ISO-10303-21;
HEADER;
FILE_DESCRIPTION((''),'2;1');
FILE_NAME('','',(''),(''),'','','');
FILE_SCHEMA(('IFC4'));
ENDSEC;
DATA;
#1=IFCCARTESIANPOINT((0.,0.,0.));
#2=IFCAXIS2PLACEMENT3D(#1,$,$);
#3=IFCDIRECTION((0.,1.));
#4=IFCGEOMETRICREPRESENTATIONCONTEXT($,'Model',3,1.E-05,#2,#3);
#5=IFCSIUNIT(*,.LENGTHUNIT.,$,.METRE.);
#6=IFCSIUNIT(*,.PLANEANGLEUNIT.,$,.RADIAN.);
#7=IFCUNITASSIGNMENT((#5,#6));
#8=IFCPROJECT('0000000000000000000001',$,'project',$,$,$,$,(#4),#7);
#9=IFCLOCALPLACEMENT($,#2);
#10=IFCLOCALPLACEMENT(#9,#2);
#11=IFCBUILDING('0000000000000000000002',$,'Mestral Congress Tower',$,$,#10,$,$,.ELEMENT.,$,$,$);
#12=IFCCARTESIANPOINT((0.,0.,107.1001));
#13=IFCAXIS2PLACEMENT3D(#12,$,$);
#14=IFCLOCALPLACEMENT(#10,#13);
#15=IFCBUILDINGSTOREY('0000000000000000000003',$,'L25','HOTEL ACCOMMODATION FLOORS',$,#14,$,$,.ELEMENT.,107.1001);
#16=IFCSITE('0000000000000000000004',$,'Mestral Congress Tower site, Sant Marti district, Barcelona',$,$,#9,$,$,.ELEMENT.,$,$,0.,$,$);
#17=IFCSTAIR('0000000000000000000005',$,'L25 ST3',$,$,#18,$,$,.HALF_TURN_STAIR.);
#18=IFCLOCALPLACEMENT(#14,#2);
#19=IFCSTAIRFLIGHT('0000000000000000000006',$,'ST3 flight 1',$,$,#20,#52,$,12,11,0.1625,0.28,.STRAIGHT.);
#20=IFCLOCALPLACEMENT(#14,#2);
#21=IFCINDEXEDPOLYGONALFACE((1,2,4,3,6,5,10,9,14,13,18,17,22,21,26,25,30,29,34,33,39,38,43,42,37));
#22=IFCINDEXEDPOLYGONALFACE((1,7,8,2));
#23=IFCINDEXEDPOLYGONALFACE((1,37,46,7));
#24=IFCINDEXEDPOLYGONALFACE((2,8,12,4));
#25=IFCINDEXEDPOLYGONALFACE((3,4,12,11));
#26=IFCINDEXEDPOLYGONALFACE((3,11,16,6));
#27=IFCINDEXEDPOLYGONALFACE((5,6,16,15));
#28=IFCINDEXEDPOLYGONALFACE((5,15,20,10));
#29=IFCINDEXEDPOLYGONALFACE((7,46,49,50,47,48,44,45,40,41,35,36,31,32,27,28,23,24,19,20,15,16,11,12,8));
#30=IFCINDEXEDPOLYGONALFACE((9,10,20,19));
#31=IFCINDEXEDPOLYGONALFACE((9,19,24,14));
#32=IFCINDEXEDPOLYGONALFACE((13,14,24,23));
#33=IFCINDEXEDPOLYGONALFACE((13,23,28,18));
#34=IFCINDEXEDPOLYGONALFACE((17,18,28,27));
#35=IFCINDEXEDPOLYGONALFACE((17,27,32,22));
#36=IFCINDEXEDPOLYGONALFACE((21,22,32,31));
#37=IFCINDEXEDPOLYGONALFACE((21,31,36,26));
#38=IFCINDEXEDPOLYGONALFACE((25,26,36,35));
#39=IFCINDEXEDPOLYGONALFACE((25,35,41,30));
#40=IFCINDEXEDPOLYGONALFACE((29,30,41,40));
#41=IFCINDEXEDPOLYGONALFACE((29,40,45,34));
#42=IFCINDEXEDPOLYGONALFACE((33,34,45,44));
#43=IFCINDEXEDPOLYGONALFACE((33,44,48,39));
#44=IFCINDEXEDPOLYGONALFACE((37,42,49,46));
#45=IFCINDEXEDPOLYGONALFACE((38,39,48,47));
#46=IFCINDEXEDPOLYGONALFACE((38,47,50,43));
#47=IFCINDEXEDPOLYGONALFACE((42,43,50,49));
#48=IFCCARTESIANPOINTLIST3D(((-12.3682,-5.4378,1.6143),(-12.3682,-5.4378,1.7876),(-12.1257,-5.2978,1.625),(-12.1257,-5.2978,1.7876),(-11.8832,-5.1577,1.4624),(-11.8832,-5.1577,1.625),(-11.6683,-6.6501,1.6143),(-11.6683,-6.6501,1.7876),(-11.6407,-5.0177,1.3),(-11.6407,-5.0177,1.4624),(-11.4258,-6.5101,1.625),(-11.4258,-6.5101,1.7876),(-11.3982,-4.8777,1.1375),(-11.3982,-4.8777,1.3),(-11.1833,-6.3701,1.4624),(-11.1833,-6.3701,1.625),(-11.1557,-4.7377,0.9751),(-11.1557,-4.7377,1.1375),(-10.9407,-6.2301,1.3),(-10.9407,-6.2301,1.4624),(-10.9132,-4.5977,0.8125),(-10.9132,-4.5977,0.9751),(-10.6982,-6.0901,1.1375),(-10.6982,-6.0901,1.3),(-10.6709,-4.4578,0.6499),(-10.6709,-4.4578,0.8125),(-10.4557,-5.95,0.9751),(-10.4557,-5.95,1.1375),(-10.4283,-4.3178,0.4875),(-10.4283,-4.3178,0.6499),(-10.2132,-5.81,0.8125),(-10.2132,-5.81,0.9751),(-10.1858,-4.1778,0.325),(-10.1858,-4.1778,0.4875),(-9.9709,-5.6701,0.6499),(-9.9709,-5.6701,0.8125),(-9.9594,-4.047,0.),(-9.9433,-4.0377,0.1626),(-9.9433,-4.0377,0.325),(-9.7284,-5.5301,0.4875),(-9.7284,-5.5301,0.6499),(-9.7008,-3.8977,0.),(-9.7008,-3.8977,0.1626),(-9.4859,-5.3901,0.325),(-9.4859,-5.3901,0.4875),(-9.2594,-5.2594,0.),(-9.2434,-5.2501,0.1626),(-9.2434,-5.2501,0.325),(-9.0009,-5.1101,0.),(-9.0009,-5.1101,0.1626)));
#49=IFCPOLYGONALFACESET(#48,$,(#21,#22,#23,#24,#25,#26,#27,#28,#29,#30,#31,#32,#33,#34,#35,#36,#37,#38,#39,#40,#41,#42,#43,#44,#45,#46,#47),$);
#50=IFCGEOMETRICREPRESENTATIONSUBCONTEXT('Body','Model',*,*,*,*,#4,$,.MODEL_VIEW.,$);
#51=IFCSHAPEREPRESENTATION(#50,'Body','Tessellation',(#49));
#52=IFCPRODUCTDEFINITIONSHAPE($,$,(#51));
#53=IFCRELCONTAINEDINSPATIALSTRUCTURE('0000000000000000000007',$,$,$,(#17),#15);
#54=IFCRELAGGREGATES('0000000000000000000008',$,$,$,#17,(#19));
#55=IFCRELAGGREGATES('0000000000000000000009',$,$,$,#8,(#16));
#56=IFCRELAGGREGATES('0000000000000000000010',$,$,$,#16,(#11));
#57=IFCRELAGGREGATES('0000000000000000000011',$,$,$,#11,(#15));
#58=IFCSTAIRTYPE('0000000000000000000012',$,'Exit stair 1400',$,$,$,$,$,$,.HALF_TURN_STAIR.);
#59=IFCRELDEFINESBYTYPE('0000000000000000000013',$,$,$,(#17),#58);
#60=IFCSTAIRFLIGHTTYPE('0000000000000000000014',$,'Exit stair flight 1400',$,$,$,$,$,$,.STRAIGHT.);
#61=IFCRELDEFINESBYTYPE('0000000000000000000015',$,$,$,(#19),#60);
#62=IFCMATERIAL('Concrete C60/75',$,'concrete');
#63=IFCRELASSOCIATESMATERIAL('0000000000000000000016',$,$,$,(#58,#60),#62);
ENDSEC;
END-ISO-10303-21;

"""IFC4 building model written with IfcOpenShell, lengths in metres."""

from ifc_helpers import new_model, si_unit, direction, frame, origin, place, context, subcontext, project, spatial, polyline, outline, extrude, material, type_object, element, aggregate, save


model = new_model("IFC4")

# Units and contexts
model_context = context("Model", 3, precision=1e-05, world=origin(), true_north=direction((0.0, 1.0)))
body_context = subcontext(model_context, "Body", "Model", "MODEL_VIEW")
ifc_project = project(units=[si_unit("LENGTHUNIT", "METRE"), si_unit("PLANEANGLEUNIT", "RADIAN")], contexts=[model_context])

# Site, building, storey
site_placement = place(None, origin())
site = spatial("IfcSite", under=ifc_project, at=site_placement, Name="Mestral Congress Tower site, Sant Marti district, Barcelona", CompositionType="ELEMENT", RefElevation=0.0)
building_placement = place(site_placement, origin())
building = spatial("IfcBuilding", under=site, at=building_placement, Name="Mestral Congress Tower", CompositionType="ELEMENT")
storey_placement = place(building_placement, frame((0.0, 0.0, 107.1001)))
storey = spatial("IfcBuildingStorey", under=building, at=storey_placement, Name="L25", Description="HOTEL ACCOMMODATION FLOORS", CompositionType="ELEMENT", Elevation=107.1001)

# Shared definitions
ifc_material_1 = material(Name="Concrete C60/75", Category="concrete")

# Stair, stair flight
stair_type = type_object("IfcStairType", Name="Exit stair 1400", PredefinedType="HALF_TURN_STAIR", material=ifc_material_1)
stair_placement = place(storey_placement, origin())
stair = element("IfcStair", 1, at=stair_placement, inside=storey, type_object=stair_type, Name="L25 ST3", PredefinedType="HALF_TURN_STAIR")
stair_flight_type = type_object("IfcStairFlightType", Name="Exit stair flight 1400", PredefinedType="STRAIGHT", material=ifc_material_1)
stair_flight_placement = place(storey_placement, frame((-9.3508, -4.5039, 0.0), z_axis=(0.0, 0.0, 1.0), x_axis=(-0.866025, -0.5, 0.0)))
stair_flight = element("IfcStairFlight", 2, at=stair_flight_placement, type_object=stair_flight_type, Name="ST3 flight 1", NumberOfRisers=12, NumberOfTreads=11, PredefinedType="STRAIGHT", RiserHeight=0.1625, TreadLength=0.28, context=body_context, shape_type="SweptSolid", body=[
    extrude(outline(polyline([(0.0, 0.0), (0.0, 0.1626), (0.28, 0.1626), (0.28, 0.325), (0.5601, 0.325), (0.5601, 0.4875), (0.8401, 0.4875), (0.8401, 0.6499), (1.1201, 0.6499), (1.1201, 0.8125), (1.3999, 0.8125), (1.3999, 0.9751), (1.6799, 0.9751), (1.6799, 1.1375), (1.96, 1.1375), (1.96, 1.3), (2.24, 1.3), (2.24, 1.4624), (2.52, 1.4624), (2.52, 1.625), (2.8, 1.625), (2.8, 1.7876), (3.0801, 1.7876), (3.0801, 1.95), (3.0801, 1.6143), (0.2986, 0.0), (0.0, 0.0)])), frame((0.0, 0.7, 0.0), z_axis=(0.0, -1.0, 0.0), x_axis=(1.0, 0.0, 0.0)), (0.0, 0.0, 1.0), 1.3999),
])
aggregate(stair, [stair_flight])

save(model, "model.ifc")
